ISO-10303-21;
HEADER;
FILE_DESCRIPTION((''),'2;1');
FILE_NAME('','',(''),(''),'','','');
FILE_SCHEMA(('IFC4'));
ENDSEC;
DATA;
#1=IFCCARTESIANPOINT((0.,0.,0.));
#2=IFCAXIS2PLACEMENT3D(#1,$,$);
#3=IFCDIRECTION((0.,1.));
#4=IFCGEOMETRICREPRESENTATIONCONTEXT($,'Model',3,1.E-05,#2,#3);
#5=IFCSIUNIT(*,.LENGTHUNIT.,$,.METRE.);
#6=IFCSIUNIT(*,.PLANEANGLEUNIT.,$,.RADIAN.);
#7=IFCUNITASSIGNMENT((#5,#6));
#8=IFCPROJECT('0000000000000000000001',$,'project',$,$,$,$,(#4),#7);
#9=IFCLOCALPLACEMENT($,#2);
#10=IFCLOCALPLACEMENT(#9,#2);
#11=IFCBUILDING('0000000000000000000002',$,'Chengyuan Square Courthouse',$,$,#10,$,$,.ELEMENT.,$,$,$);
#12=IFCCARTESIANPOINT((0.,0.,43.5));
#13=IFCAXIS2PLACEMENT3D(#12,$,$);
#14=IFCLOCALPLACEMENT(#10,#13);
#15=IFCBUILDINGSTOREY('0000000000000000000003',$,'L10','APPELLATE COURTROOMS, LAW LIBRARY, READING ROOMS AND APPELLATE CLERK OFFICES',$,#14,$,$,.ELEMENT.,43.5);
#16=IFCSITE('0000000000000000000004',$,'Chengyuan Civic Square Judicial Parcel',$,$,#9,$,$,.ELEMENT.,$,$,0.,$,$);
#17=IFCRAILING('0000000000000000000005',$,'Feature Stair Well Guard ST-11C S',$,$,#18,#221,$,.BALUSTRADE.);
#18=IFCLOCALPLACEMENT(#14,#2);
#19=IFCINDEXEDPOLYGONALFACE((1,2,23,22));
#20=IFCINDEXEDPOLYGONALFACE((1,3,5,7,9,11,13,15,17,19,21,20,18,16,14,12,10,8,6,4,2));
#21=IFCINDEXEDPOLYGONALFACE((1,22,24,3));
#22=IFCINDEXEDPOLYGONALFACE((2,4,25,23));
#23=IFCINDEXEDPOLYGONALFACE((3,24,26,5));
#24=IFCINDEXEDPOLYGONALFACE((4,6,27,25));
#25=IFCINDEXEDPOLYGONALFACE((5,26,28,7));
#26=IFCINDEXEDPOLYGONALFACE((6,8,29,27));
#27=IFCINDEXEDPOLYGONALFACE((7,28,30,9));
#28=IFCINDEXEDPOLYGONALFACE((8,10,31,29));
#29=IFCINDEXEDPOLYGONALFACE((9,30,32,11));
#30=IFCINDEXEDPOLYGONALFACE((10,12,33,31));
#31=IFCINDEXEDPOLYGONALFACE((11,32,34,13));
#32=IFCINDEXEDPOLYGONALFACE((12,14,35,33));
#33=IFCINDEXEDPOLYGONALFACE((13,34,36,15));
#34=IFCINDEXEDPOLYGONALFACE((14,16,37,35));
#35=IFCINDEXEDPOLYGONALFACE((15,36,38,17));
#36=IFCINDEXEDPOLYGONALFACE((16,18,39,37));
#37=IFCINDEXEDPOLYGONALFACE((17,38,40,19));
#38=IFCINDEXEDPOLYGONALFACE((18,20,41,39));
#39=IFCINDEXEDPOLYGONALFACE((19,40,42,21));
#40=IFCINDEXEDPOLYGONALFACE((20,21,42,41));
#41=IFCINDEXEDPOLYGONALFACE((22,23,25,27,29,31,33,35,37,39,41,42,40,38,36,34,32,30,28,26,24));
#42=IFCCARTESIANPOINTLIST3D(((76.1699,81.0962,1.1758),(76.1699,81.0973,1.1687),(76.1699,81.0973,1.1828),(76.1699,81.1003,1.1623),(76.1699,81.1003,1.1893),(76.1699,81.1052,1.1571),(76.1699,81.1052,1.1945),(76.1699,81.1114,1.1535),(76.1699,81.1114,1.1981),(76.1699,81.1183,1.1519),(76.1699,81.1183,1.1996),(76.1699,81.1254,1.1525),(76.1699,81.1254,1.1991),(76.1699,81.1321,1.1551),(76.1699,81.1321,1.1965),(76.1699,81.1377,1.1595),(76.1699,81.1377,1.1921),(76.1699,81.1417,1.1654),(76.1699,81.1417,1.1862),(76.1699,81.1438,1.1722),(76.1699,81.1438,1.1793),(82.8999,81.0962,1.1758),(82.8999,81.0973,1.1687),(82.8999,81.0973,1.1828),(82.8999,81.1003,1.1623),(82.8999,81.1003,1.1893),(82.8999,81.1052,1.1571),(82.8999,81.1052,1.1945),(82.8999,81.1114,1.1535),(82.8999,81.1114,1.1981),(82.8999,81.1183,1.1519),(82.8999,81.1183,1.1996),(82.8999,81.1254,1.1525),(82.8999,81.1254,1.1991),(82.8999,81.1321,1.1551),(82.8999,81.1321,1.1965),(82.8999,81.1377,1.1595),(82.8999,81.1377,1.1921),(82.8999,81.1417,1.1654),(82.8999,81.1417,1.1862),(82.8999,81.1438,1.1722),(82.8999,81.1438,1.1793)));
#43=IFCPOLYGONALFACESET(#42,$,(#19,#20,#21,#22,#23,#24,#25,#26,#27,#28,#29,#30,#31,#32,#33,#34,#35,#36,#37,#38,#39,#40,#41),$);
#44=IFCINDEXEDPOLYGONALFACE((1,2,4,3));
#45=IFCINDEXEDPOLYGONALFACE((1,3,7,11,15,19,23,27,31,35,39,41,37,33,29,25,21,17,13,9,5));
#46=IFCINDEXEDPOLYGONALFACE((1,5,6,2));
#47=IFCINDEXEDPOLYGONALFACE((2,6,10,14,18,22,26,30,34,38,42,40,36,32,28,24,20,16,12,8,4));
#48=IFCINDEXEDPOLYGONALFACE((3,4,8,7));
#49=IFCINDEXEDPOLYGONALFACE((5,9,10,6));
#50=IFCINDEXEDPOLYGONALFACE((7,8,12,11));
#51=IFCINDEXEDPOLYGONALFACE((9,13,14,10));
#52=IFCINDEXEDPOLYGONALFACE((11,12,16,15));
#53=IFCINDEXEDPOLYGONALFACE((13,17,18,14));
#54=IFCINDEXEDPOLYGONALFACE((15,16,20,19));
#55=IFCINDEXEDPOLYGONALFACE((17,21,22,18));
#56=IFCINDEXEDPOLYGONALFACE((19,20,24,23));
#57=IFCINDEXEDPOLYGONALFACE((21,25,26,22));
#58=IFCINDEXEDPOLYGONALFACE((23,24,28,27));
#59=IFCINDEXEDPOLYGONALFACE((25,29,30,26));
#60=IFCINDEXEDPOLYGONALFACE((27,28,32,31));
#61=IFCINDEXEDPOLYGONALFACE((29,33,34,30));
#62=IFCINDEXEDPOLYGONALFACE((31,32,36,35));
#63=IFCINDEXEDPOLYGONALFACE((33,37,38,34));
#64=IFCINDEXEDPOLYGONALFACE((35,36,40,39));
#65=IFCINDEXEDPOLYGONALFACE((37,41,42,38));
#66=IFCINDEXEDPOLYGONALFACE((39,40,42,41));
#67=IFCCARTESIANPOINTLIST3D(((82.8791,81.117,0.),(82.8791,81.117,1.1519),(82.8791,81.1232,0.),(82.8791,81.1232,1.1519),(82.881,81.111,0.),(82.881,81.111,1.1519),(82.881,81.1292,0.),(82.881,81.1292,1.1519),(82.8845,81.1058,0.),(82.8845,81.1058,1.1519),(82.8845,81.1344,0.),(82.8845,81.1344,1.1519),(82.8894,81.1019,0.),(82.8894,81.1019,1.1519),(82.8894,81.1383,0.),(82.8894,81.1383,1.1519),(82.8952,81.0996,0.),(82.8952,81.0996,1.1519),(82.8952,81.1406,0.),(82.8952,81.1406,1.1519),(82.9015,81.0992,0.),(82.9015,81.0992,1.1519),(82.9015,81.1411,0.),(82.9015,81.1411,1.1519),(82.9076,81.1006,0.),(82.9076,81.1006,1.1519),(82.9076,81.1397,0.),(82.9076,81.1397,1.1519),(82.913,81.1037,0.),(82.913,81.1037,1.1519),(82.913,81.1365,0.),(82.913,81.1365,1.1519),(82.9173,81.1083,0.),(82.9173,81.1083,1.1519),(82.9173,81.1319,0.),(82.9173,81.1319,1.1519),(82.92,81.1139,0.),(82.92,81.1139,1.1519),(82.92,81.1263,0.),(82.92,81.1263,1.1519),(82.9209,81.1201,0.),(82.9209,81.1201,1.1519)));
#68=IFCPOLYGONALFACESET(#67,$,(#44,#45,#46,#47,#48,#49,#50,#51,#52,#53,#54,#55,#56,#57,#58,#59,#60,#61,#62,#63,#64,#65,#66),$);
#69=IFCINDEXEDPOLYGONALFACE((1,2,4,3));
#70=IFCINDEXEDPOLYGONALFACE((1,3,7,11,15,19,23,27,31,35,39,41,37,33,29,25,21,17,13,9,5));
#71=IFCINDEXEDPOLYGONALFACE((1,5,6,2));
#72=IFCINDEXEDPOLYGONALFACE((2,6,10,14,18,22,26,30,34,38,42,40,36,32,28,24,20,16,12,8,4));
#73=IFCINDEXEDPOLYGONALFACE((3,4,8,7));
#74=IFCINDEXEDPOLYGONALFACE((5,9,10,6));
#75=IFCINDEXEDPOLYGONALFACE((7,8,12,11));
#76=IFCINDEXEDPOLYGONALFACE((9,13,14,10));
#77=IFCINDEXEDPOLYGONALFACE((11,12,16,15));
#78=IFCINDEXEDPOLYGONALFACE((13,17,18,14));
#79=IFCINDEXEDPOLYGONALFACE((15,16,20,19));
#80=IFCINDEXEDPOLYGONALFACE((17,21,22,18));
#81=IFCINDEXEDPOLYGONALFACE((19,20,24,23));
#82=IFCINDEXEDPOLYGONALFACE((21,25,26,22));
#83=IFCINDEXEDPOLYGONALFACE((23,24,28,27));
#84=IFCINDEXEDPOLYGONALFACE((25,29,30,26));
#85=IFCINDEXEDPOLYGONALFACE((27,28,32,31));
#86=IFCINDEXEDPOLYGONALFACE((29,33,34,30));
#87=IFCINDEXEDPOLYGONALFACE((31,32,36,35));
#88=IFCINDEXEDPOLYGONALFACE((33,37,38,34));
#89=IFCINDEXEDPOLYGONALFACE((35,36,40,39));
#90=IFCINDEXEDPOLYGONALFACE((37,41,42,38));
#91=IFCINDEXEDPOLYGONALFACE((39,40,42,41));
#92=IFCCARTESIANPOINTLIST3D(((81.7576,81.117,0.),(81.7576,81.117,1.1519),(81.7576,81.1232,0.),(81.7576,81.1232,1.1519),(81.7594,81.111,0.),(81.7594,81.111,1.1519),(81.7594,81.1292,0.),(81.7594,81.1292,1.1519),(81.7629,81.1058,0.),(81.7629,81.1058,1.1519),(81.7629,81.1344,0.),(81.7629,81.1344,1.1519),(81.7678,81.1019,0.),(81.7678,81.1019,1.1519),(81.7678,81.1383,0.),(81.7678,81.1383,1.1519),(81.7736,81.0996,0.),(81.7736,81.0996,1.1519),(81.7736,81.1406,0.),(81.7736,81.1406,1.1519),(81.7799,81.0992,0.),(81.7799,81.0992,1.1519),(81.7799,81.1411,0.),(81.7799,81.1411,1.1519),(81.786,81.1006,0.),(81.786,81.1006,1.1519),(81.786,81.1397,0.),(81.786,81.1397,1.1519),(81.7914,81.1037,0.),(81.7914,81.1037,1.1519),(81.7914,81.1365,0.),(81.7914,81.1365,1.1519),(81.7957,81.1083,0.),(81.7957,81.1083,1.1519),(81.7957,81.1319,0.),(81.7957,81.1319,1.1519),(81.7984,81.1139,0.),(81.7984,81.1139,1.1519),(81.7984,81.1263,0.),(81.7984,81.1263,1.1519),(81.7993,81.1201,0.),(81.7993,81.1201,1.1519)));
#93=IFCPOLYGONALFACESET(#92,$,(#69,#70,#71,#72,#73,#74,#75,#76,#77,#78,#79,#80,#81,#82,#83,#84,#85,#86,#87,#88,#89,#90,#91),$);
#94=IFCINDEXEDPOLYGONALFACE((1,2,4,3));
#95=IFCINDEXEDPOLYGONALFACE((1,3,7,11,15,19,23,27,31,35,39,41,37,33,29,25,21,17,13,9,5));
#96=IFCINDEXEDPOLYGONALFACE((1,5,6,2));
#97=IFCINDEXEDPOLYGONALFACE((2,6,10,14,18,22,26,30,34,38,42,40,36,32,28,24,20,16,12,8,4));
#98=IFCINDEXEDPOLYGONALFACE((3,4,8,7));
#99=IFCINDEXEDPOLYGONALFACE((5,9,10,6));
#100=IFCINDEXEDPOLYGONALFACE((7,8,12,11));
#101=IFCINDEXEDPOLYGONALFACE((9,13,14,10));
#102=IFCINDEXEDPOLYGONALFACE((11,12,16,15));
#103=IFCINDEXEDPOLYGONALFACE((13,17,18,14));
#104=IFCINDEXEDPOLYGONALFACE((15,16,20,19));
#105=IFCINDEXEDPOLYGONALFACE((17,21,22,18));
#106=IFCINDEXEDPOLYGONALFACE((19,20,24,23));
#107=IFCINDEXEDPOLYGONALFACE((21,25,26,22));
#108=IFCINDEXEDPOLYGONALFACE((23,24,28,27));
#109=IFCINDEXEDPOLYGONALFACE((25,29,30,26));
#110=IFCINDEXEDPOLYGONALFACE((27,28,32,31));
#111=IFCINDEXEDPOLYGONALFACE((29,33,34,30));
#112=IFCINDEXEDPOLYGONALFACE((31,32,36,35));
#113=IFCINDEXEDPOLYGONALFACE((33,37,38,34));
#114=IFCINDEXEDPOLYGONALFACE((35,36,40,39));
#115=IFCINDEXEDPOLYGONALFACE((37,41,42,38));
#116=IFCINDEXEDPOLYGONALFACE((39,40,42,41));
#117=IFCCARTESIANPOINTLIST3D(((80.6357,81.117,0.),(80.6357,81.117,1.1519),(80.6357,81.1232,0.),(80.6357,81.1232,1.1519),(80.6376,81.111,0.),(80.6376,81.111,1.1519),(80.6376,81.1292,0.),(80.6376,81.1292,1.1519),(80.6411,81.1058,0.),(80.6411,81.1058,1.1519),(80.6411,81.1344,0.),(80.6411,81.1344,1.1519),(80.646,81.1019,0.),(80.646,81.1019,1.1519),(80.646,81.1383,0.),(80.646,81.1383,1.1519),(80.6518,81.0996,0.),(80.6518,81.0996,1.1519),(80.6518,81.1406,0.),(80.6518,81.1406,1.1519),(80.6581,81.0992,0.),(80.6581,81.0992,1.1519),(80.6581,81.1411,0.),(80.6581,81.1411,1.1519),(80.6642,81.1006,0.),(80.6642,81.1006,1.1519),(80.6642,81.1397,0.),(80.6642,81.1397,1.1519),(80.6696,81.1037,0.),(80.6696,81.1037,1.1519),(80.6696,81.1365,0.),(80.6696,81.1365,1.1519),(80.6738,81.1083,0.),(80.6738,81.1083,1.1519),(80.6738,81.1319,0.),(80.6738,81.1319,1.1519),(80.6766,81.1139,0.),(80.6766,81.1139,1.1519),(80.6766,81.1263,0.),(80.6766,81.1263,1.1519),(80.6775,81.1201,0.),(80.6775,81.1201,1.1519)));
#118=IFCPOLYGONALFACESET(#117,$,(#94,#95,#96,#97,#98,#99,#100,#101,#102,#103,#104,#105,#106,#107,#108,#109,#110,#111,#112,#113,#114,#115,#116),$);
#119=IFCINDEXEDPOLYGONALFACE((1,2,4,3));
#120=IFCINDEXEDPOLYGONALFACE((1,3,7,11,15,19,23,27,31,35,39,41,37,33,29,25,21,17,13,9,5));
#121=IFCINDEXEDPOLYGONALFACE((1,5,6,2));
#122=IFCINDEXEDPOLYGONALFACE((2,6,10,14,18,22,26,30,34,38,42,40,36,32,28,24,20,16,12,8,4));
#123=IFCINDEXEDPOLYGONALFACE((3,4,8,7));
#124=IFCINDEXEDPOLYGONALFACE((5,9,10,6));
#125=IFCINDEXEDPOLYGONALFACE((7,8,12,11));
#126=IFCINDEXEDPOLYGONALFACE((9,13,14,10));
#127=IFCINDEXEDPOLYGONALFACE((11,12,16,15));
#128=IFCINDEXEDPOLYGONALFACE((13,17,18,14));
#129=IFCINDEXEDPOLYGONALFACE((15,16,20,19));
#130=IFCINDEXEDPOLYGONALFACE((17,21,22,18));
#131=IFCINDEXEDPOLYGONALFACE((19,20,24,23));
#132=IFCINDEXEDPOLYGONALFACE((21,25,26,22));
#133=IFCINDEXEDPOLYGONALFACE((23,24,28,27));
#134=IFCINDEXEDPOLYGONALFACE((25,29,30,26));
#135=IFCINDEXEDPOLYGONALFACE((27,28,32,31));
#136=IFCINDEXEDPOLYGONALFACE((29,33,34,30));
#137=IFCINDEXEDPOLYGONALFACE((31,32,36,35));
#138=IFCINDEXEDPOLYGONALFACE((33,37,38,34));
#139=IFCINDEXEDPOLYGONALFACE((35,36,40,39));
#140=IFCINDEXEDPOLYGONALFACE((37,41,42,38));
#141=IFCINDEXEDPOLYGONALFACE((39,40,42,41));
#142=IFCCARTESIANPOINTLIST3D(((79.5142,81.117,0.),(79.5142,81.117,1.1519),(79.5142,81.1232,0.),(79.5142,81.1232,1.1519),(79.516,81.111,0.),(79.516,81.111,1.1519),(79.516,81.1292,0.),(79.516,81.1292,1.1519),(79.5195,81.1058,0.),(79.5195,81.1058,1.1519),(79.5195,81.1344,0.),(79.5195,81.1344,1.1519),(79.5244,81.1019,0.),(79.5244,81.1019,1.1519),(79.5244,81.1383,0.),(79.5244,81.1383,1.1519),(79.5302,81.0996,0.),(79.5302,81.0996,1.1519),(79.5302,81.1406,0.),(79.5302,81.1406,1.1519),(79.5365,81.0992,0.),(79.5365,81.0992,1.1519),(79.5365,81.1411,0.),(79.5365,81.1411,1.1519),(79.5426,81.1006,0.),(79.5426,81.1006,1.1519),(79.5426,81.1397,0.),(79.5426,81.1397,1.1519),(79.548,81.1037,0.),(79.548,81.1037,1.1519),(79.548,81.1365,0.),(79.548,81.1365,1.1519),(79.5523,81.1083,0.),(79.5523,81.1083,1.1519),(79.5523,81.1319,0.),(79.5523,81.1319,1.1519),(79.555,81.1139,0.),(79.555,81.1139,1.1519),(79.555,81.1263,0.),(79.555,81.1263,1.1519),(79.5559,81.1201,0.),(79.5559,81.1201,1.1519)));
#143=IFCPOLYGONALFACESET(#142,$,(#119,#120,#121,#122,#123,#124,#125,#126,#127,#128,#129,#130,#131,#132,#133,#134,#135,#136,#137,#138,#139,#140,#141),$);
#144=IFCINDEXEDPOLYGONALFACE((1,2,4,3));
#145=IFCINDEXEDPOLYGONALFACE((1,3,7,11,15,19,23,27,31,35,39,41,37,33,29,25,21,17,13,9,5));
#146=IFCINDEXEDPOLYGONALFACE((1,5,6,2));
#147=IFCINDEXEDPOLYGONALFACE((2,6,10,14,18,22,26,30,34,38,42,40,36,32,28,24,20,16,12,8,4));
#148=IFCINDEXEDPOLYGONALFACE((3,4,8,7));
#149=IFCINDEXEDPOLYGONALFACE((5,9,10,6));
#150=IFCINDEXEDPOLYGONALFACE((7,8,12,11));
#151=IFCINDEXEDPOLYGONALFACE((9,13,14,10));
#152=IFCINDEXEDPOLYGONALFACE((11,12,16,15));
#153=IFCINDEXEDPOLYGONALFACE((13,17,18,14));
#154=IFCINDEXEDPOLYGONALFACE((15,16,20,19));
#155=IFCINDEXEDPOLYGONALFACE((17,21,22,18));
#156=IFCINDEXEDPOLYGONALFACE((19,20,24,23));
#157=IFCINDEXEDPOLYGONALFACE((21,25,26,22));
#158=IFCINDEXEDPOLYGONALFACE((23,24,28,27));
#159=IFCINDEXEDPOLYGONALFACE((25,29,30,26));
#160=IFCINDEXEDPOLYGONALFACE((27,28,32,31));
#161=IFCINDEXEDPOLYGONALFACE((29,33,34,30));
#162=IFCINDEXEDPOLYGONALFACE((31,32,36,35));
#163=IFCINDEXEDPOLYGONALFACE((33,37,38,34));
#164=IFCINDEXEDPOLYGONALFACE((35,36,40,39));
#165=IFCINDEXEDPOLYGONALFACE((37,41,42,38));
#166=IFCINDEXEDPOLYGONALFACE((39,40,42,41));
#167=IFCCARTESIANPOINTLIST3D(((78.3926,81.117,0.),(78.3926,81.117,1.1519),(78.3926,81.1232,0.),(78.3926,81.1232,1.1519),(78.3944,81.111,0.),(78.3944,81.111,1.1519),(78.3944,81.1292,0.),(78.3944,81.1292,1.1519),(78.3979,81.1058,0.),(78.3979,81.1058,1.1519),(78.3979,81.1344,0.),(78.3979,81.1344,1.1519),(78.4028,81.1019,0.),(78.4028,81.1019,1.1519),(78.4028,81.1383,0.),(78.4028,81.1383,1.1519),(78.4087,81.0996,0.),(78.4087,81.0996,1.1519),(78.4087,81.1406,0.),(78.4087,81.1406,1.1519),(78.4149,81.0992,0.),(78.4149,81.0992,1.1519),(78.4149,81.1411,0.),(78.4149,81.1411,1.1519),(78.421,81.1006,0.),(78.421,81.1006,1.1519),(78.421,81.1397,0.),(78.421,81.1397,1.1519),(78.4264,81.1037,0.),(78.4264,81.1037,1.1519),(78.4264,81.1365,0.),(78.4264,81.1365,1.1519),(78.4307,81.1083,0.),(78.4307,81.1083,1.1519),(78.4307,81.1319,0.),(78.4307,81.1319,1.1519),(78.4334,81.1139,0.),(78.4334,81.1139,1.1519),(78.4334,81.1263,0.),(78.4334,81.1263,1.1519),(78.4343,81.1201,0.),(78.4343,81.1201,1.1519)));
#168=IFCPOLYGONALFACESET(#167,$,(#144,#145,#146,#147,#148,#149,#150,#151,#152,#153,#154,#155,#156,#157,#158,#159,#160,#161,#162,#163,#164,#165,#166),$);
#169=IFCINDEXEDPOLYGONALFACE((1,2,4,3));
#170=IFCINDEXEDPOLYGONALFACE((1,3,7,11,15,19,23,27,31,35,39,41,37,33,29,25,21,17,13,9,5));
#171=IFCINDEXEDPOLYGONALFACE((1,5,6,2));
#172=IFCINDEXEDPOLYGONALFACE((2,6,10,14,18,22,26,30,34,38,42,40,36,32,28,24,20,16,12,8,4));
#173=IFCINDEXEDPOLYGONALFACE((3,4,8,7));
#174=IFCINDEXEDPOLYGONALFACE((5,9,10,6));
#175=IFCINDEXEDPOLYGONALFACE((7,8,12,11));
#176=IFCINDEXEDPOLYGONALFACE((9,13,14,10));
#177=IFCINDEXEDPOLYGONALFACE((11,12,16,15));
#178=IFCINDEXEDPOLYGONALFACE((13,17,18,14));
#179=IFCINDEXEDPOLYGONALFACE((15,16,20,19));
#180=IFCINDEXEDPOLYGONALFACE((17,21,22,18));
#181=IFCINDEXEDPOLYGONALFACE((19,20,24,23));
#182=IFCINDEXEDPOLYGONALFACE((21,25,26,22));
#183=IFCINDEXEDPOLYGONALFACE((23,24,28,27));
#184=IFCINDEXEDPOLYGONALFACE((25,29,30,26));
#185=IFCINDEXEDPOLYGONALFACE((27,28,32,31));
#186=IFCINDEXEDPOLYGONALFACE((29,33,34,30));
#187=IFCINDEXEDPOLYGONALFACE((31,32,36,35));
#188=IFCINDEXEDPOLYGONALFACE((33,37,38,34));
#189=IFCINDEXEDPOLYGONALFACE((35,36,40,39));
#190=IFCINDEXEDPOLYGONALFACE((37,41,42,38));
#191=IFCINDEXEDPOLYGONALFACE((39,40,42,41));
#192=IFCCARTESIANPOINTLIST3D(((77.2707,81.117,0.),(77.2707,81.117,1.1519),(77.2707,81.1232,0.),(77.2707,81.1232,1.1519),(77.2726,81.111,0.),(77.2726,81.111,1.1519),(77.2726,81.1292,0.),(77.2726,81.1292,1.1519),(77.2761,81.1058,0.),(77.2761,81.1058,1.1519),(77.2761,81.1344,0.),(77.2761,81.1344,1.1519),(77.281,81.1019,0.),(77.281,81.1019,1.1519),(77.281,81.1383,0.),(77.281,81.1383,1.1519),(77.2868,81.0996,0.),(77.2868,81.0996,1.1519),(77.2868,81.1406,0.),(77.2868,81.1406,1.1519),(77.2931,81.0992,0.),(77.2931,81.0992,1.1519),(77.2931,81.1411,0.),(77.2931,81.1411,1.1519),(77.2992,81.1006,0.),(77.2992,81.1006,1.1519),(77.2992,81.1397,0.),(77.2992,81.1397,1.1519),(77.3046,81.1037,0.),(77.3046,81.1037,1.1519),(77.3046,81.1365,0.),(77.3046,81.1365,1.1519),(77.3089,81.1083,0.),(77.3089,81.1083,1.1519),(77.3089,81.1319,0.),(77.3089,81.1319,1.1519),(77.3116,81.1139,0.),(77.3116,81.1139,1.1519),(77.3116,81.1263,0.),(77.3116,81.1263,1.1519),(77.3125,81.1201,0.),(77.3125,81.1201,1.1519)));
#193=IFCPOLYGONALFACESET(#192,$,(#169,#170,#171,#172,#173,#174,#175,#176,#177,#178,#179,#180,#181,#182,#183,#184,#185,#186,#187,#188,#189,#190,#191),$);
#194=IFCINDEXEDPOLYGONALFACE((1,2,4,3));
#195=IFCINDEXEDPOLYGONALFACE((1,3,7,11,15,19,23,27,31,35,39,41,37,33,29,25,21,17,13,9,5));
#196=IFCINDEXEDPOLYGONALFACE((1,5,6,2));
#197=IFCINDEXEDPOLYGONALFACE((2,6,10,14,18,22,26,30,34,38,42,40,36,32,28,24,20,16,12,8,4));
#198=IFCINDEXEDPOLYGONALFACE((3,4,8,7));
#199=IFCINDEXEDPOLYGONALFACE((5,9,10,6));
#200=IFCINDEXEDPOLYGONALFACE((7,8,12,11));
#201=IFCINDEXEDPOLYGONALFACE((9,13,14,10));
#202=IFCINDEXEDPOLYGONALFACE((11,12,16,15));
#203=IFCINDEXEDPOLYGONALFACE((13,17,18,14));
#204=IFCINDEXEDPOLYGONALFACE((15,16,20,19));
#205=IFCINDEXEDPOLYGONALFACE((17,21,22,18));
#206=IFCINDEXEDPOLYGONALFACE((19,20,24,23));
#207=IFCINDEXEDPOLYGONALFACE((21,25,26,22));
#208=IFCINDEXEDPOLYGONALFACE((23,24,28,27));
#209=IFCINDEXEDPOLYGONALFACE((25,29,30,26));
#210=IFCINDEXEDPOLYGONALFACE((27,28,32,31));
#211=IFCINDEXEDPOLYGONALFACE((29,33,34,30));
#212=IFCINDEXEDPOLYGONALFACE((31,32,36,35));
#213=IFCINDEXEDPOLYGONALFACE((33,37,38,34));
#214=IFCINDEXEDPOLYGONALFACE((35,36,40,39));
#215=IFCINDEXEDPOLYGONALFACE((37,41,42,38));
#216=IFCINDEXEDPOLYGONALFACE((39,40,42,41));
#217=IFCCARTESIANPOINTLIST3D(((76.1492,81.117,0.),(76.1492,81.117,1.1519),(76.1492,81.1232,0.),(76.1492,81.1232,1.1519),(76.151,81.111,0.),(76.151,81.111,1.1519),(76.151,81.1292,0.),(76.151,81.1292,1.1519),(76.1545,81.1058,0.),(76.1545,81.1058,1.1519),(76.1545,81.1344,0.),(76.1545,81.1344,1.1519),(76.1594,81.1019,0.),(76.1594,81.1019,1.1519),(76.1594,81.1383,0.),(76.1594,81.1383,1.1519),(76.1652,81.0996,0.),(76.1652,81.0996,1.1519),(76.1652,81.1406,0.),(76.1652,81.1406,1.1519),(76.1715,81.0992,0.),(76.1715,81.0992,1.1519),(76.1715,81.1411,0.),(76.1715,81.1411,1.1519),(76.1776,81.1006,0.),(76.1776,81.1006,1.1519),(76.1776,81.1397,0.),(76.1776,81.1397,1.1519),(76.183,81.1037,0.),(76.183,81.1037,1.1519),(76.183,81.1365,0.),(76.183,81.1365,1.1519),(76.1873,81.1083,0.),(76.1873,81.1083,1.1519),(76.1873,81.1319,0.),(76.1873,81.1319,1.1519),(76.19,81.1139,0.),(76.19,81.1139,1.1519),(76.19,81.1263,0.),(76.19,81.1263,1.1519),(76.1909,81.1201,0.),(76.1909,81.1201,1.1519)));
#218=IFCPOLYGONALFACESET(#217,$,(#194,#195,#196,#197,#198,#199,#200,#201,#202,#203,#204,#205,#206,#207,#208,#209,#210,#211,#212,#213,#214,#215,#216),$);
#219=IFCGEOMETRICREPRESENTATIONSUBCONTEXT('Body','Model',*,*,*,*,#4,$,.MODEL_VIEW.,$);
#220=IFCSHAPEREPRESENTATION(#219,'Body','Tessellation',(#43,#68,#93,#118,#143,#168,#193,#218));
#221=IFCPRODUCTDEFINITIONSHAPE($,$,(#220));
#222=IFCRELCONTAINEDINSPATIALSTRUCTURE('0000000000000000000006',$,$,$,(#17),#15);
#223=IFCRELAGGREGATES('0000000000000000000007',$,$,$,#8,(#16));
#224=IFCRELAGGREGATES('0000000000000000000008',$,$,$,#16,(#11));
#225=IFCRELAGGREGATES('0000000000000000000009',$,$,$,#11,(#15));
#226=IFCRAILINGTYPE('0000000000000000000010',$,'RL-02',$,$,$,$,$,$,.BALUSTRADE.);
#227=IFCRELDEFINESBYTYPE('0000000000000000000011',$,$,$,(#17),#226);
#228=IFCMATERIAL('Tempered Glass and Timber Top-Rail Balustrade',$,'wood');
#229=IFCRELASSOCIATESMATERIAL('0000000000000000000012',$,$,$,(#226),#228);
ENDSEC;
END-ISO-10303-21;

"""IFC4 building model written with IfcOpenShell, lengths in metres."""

from ifc_helpers import new_model, si_unit, direction, frame, origin, origin_2d, place, context, subcontext, project, spatial, circle, extrude, material, type_object, element, save


model = new_model("IFC4")

# Units and contexts
model_context = context("Model", 3, precision=1e-05, world=origin(), true_north=direction((0.0, 1.0)))
body_context = subcontext(model_context, "Body", "Model", "MODEL_VIEW")
ifc_project = project(units=[si_unit("LENGTHUNIT", "METRE"), si_unit("PLANEANGLEUNIT", "RADIAN")], contexts=[model_context])

# Site, building, storey
site_placement = place(None, origin())
site = spatial("IfcSite", under=ifc_project, at=site_placement, Name="Chengyuan Civic Square Judicial Parcel", CompositionType="ELEMENT", RefElevation=0.0)
building_placement = place(site_placement, origin())
building = spatial("IfcBuilding", under=site, at=building_placement, Name="Chengyuan Square Courthouse", CompositionType="ELEMENT")
storey_placement = place(building_placement, frame((0.0, 0.0, 43.5)))
storey = spatial("IfcBuildingStorey", under=building, at=storey_placement, Name="L10", Description="APPELLATE COURTROOMS, LAW LIBRARY, READING ROOMS AND APPELLATE CLERK OFFICES", CompositionType="ELEMENT", Elevation=43.5)

# Railing
ifc_material_1 = material(Name="Tempered Glass and Timber Top-Rail Balustrade", Category="wood")
railing_type = type_object("IfcRailingType", Name="RL-02", PredefinedType="BALUSTRADE", material=ifc_material_1)
railing_1_placement = place(storey_placement, frame((82.8999, 81.1201, 0.0)))
element("IfcRailing", 1, at=railing_1_placement, inside=storey, type_object=railing_type, Name="Feature Stair Well Guard ST-11C S", PredefinedType="BALUSTRADE", context=body_context, shape_type="SweptSolid", body=[
    extrude(circle(Radius=0.0239, at=origin_2d()), frame((0.0, 0.0, 1.1758), z_axis=(-1.0, 0.0, 0.0), x_axis=(0.0, -1.0, 0.0)), (0.0, 0.0, 1.0), 6.73),
    extrude(circle(Radius=0.021, at=origin_2d()), origin(), (0.0, 0.0, 1.0), 1.1519),
    extrude(circle(Radius=0.021, at=origin_2d()), frame((-1.1216, 0.0, 0.0)), (0.0, 0.0, 1.0), 1.1519),
    extrude(circle(Radius=0.021, at=origin_2d()), frame((-2.2434, 0.0, 0.0)), (0.0, 0.0, 1.0), 1.1519),
    extrude(circle(Radius=0.021, at=origin_2d()), frame((-3.365, 0.0, 0.0)), (0.0, 0.0, 1.0), 1.1519),
    extrude(circle(Radius=0.021, at=origin_2d()), frame((-4.4866, 0.0, 0.0)), (0.0, 0.0, 1.0), 1.1519),
    extrude(circle(Radius=0.021, at=origin_2d()), frame((-5.6084, 0.0, 0.0)), (0.0, 0.0, 1.0), 1.1519),
    extrude(circle(Radius=0.021, at=origin_2d()), frame((-6.73, 0.0, 0.0)), (0.0, 0.0, 1.0), 1.1519),
])

save(model, "model.ifc")
